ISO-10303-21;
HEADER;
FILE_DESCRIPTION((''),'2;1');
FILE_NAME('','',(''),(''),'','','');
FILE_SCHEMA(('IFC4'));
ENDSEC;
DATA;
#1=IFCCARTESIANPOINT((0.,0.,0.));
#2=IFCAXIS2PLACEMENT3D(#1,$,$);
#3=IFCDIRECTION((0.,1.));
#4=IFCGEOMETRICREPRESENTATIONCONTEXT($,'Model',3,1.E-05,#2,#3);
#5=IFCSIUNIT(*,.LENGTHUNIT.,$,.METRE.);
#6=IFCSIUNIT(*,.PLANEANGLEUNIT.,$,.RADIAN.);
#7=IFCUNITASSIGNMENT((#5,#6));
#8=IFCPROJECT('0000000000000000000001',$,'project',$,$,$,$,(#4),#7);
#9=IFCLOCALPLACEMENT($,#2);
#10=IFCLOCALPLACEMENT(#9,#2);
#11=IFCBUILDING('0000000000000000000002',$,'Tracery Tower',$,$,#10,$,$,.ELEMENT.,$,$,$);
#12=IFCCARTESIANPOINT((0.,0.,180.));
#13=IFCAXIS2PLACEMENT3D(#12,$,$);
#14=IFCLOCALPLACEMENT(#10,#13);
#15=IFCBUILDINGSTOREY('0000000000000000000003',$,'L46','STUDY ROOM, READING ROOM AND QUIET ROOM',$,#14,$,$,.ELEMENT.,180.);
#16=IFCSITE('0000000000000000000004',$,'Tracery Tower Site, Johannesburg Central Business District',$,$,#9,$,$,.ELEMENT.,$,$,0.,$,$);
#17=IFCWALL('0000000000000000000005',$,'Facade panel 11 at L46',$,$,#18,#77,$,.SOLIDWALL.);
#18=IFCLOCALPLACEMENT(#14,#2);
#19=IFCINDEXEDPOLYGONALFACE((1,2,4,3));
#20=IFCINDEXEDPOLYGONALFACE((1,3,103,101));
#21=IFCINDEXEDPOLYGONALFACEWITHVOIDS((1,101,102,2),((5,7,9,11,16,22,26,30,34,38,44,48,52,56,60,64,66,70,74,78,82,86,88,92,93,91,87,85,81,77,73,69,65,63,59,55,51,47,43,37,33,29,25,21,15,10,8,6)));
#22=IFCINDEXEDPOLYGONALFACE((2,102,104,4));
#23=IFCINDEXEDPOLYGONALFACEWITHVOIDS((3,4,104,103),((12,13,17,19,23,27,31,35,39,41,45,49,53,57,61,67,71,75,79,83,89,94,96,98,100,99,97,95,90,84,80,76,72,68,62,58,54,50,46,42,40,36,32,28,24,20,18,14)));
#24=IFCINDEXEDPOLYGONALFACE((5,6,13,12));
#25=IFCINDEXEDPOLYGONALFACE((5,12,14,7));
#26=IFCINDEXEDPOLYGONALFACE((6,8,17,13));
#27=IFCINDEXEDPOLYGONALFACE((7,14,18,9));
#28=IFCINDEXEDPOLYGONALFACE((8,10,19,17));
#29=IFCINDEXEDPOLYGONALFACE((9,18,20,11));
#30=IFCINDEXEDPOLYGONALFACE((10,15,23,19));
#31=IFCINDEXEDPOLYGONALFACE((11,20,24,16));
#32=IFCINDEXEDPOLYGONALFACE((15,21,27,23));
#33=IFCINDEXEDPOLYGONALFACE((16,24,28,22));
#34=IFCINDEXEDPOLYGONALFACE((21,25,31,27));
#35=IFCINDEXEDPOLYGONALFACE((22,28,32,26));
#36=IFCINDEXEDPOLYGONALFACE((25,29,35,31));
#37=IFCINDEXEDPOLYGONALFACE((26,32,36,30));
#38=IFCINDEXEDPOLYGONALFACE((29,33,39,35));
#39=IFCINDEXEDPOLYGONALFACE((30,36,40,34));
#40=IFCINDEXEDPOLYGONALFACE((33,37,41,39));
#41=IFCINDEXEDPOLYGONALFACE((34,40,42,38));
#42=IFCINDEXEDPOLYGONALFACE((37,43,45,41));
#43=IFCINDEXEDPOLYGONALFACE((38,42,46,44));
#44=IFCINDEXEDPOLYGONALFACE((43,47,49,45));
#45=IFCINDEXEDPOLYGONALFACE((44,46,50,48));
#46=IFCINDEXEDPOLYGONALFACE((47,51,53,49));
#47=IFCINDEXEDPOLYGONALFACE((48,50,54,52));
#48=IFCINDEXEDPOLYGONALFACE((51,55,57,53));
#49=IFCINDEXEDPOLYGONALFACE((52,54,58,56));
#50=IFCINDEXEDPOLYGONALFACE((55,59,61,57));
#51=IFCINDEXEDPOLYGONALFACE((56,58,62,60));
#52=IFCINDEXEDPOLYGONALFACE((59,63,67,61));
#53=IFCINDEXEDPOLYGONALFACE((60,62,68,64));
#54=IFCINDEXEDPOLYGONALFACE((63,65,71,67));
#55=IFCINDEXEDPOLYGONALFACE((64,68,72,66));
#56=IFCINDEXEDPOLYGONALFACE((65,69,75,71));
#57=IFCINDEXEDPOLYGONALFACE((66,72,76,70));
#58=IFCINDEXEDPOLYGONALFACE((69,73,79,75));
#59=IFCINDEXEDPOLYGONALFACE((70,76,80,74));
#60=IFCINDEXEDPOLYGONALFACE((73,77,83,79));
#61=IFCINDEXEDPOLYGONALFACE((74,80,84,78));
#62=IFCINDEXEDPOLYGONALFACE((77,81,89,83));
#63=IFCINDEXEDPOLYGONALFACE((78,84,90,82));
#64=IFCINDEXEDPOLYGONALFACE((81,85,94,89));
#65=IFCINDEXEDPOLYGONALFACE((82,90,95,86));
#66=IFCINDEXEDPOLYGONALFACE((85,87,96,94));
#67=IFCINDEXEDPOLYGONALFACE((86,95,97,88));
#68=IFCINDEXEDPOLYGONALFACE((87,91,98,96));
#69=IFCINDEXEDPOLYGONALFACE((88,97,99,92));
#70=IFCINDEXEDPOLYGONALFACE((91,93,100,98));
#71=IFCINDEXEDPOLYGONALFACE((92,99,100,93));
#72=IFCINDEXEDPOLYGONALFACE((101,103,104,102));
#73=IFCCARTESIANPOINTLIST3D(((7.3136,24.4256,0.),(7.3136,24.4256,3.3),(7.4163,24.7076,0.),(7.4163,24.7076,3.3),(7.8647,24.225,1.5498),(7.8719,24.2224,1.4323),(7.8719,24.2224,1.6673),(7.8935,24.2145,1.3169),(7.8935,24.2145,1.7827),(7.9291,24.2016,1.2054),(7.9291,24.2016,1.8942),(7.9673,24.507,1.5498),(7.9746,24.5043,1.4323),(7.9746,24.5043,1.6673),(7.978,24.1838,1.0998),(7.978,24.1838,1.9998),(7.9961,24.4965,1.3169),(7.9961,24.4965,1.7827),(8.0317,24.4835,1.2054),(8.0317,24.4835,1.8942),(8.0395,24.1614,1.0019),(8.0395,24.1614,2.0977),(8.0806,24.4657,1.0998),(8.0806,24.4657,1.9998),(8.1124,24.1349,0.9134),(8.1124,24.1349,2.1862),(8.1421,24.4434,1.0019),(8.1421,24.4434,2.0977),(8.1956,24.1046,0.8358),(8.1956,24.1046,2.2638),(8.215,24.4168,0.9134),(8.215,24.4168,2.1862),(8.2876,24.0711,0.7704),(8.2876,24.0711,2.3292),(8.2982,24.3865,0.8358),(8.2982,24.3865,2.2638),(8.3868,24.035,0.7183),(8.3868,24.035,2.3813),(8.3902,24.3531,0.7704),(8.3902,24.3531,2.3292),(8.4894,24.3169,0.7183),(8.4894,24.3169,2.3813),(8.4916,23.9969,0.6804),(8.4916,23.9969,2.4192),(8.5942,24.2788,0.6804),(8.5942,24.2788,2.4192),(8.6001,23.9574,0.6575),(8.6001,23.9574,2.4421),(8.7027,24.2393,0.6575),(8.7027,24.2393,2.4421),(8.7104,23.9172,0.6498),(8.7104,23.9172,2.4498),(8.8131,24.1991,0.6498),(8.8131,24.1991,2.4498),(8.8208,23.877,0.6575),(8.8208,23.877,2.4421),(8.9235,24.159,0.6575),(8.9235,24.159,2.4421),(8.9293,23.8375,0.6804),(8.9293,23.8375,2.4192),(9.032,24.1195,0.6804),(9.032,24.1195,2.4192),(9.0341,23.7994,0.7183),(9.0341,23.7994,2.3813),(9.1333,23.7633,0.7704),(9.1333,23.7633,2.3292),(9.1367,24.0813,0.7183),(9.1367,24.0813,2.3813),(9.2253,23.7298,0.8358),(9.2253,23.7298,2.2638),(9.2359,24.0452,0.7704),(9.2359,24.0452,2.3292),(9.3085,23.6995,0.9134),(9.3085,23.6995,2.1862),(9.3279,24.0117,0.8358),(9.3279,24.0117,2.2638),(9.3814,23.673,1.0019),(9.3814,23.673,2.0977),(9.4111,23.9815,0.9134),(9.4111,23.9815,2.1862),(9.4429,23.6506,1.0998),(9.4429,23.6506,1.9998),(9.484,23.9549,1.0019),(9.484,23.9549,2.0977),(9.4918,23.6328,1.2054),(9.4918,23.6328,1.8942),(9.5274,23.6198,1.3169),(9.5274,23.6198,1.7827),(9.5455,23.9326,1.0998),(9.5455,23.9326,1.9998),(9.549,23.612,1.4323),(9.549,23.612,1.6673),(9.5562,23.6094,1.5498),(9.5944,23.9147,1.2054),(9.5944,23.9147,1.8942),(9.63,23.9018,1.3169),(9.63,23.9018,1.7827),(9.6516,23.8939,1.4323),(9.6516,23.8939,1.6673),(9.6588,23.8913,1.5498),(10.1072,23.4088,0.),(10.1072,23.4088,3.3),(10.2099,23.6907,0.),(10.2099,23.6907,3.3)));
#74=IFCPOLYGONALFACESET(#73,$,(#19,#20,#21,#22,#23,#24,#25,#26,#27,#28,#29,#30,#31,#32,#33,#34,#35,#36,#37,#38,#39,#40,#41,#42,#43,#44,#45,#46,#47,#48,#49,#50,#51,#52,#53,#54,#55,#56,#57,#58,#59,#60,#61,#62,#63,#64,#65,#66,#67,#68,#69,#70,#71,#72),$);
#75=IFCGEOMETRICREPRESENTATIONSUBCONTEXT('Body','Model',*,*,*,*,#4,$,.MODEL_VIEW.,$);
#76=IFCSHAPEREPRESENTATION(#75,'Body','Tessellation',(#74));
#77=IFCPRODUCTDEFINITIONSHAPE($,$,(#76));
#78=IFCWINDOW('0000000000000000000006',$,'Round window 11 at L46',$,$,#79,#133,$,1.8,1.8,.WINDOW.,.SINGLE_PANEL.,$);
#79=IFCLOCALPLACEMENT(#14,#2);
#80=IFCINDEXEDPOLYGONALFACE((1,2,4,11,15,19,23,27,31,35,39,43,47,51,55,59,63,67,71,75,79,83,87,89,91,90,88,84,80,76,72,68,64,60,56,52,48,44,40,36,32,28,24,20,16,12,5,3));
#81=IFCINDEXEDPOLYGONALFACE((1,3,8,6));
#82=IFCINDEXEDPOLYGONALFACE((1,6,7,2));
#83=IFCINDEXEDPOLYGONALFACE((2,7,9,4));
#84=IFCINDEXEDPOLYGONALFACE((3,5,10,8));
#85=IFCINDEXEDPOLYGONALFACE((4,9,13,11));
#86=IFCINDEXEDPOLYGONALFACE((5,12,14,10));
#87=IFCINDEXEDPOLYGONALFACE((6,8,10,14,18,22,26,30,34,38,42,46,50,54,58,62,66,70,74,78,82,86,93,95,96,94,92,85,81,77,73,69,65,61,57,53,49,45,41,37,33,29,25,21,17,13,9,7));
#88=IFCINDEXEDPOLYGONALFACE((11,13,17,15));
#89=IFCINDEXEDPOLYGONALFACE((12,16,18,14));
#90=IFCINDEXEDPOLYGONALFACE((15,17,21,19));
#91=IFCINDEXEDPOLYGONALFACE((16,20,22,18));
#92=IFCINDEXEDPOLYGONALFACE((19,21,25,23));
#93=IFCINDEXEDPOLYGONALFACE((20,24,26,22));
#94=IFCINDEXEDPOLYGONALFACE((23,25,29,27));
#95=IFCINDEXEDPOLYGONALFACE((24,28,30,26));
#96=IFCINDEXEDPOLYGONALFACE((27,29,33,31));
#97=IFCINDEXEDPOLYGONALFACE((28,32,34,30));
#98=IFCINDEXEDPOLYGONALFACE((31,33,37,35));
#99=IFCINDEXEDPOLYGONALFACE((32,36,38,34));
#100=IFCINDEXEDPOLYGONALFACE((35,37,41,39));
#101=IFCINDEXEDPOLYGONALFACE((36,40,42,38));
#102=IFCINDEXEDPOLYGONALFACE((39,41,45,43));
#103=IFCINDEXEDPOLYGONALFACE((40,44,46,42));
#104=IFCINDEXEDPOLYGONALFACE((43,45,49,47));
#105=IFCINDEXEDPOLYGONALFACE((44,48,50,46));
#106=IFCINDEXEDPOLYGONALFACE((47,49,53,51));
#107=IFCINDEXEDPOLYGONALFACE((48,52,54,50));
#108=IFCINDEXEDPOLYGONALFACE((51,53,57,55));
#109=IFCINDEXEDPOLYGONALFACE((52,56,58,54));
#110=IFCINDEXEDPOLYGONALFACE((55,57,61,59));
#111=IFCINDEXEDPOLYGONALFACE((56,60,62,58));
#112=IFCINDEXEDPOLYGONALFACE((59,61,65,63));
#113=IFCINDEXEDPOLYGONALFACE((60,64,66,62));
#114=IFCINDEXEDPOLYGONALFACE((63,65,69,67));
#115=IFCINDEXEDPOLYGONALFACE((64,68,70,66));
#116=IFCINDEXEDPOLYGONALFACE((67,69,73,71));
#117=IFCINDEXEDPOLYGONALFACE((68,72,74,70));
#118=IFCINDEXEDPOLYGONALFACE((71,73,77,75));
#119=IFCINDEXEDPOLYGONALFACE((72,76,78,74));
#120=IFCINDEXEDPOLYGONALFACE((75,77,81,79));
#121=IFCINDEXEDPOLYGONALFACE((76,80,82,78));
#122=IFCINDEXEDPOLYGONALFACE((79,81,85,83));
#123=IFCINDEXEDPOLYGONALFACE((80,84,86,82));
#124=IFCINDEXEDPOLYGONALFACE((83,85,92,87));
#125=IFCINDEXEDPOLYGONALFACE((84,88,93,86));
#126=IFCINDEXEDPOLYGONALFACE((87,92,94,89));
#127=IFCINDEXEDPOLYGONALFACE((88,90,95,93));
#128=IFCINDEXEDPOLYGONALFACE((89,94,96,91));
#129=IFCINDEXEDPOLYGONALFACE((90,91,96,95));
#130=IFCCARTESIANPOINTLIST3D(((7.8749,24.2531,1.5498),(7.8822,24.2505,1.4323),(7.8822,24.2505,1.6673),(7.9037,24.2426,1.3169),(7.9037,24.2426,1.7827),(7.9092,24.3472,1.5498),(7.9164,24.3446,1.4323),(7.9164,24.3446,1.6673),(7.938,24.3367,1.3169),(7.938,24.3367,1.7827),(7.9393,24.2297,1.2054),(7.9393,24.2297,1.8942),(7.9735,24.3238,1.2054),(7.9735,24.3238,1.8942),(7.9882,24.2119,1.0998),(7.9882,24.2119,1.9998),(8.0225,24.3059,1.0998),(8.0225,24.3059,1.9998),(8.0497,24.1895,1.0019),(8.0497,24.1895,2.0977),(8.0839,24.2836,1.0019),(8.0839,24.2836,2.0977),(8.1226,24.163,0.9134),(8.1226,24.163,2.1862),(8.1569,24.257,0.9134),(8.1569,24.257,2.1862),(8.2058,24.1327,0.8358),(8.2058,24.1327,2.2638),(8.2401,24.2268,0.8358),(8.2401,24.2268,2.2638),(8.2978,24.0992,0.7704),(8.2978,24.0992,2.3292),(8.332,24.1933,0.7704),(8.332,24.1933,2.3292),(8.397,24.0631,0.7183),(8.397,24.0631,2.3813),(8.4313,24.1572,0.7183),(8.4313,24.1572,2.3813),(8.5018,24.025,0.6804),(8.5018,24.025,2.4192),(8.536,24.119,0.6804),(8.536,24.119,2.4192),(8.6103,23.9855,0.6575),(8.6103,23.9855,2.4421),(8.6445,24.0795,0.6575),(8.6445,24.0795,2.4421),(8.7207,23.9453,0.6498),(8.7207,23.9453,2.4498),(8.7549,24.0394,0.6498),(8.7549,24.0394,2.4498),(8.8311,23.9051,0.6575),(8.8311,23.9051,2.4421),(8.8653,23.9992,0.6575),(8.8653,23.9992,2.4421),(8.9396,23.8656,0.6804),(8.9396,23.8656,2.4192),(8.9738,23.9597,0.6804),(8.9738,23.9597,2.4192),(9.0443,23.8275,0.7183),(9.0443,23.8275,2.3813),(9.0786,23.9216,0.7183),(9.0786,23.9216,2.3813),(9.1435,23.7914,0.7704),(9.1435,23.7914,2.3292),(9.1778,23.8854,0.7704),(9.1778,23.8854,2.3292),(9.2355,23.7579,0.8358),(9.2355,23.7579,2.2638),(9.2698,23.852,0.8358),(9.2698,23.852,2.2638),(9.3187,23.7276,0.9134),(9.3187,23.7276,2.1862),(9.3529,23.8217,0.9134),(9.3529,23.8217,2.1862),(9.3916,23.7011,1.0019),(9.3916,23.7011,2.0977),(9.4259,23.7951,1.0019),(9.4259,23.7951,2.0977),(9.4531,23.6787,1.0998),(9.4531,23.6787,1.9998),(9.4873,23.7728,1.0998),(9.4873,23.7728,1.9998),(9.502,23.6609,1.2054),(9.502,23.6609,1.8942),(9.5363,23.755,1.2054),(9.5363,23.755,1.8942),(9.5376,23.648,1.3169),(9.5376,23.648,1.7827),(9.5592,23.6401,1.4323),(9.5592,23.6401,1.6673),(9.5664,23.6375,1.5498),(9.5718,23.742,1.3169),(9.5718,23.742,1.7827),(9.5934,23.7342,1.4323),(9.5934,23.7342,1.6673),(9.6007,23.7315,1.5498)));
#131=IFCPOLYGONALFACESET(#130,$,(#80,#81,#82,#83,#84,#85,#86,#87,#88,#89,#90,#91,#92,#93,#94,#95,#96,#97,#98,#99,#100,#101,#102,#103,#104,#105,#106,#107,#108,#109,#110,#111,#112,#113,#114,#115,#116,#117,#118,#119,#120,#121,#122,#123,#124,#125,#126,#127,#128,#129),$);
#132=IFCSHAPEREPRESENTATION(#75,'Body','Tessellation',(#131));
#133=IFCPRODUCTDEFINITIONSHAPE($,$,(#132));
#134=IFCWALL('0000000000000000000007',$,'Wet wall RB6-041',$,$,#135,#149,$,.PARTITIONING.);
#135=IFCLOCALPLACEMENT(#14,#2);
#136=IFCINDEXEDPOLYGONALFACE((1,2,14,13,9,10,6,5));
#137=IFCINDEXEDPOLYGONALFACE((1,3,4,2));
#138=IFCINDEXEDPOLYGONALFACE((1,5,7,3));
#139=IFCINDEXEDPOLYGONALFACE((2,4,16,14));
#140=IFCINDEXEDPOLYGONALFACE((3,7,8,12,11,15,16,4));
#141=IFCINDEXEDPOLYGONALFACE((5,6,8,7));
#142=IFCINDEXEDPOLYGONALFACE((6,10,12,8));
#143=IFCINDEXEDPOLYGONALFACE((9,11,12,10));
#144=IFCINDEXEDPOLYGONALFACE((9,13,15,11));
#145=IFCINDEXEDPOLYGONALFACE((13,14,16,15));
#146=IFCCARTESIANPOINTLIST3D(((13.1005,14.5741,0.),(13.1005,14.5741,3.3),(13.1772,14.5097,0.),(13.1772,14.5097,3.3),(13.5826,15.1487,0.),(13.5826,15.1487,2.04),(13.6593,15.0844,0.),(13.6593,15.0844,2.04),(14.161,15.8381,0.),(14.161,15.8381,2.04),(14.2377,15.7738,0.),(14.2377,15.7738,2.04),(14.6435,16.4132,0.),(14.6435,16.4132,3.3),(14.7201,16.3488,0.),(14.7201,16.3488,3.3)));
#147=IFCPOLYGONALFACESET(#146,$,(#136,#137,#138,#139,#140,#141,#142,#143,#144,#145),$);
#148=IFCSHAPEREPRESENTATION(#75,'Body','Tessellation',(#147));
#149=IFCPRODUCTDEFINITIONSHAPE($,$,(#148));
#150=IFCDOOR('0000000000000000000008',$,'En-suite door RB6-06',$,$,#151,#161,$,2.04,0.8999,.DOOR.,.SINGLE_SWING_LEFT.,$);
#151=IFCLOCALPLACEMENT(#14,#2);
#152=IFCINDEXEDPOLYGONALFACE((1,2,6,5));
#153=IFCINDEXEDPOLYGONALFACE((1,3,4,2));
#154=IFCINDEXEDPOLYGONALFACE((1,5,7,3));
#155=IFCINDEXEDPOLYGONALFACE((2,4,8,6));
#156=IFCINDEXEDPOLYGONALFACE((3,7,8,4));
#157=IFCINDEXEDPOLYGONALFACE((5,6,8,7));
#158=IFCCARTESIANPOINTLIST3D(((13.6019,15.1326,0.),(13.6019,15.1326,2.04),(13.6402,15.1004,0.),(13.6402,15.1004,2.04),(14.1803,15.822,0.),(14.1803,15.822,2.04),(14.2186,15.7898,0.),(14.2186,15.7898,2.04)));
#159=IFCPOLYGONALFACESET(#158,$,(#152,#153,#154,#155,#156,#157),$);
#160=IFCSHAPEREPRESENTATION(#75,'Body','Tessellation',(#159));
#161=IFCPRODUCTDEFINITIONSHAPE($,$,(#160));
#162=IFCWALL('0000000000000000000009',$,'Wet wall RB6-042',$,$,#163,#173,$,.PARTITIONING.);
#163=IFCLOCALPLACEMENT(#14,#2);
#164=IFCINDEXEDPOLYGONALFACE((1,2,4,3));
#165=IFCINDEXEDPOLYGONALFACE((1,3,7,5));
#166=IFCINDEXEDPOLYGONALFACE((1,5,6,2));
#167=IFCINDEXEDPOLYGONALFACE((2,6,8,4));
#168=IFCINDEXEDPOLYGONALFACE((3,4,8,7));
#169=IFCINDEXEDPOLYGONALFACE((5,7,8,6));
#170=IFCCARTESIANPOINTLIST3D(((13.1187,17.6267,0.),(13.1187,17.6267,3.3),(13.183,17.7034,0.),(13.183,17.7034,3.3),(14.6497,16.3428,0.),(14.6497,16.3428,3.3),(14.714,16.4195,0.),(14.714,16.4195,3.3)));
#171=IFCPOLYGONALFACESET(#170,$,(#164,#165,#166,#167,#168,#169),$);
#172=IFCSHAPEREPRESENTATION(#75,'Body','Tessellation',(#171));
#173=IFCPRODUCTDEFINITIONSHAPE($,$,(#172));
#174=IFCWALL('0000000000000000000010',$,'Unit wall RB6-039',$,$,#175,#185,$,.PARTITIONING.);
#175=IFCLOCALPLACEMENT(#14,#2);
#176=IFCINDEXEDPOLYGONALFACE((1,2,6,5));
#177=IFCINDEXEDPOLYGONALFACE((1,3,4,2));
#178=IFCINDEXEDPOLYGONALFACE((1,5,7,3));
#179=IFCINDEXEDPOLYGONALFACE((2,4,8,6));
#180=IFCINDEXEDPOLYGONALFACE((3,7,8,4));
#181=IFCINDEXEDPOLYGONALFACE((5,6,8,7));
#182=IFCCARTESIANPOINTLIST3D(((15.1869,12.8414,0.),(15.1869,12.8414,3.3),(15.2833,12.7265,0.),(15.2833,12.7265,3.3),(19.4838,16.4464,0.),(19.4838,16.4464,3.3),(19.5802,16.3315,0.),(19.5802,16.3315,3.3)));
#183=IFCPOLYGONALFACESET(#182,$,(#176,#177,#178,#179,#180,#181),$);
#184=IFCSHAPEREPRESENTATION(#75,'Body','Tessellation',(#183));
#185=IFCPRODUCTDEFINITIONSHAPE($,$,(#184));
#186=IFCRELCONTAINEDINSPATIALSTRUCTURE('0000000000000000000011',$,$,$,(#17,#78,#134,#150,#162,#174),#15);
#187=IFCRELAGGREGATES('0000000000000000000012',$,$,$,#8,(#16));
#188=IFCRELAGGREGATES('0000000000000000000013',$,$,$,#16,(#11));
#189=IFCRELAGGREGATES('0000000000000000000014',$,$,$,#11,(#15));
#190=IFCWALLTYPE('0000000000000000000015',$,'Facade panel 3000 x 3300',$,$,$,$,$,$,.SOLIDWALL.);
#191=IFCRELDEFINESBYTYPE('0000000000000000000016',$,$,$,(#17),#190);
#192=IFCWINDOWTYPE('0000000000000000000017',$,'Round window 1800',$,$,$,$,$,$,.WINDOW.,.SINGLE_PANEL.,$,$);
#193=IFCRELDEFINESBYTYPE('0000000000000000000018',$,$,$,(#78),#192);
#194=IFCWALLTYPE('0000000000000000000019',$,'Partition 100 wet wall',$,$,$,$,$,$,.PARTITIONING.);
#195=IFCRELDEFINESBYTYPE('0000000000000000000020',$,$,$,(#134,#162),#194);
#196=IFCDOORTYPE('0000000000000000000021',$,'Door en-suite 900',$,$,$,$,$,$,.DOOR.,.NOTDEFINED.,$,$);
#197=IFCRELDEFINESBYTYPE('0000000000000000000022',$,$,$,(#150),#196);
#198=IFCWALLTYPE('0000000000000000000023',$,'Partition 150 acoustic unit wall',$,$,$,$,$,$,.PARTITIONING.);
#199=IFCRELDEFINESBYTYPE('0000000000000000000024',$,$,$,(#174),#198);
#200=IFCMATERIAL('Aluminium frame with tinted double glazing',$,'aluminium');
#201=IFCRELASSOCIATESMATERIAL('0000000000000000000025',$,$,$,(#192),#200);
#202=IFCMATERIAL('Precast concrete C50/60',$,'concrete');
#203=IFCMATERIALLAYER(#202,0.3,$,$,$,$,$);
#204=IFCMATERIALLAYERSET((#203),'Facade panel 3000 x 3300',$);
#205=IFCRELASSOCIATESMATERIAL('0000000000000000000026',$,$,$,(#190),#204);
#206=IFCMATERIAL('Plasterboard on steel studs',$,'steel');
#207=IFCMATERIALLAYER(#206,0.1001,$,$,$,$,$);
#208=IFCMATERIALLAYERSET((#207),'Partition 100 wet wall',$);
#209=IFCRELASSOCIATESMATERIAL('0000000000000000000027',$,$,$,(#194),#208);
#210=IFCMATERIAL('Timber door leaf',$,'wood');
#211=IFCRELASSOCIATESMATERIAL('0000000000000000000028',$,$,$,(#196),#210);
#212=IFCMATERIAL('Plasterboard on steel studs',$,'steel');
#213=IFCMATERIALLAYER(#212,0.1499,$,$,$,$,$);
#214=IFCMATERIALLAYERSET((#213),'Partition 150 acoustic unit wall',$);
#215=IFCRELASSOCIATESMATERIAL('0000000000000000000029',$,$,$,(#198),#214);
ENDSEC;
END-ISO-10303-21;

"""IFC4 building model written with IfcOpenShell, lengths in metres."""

from ifc_helpers import new_model, si_unit, direction, frame, frame_2d, origin, origin_2d, place, context, subcontext, project, spatial, rectangle, circle, extrude, material, layer, layer_set, type_object, element, fill, save


model = new_model("IFC4")

# Units and contexts
model_context = context("Model", 3, precision=1e-05, world=origin(), true_north=direction((0.0, 1.0)))
body_context = subcontext(model_context, "Body", "Model", "MODEL_VIEW")
ifc_project = project(units=[si_unit("LENGTHUNIT", "METRE"), si_unit("PLANEANGLEUNIT", "RADIAN")], contexts=[model_context])

# Site, building, storey
site_placement = place(None, origin())
site = spatial("IfcSite", under=ifc_project, at=site_placement, Name="Tracery Tower Site, Johannesburg Central Business District", CompositionType="ELEMENT", RefElevation=0.0)
building_placement = place(site_placement, origin())
building = spatial("IfcBuilding", under=site, at=building_placement, Name="Tracery Tower", CompositionType="ELEMENT")
storey_placement = place(building_placement, frame((0.0, 0.0, 180.0)))
storey = spatial("IfcBuildingStorey", under=building, at=storey_placement, Name="L46", Description="STUDY ROOM, READING ROOM AND QUIET ROOM", CompositionType="ELEMENT", Elevation=180.0)

# Wall, opening, window
ifc_material_1 = material(Name="Aluminium frame with tinted double glazing", Category="aluminium")
window_type = type_object("IfcWindowType", Name="Round window 1800", PartitioningType="SINGLE_PANEL", PredefinedType="WINDOW", material=ifc_material_1)
ifc_material_2 = material(Name="Precast concrete C50/60", Category="concrete")
ifc_layer_1 = layer(ifc_material_2, 0.3)
ifc_layer_set_1 = layer_set([ifc_layer_1], Name="Facade panel 3000 x 3300")
wall_type_1 = type_object("IfcWallType", Name="Facade panel 3000 x 3300", PredefinedType="SOLIDWALL", material=ifc_layer_set_1)
wall_1_placement = place(storey_placement, frame((10.1584, 23.5498, 0.0), z_axis=(0.0, 0.0, 1.0), x_axis=(-0.93969, 0.342027, 0.0)))
wall_1 = element("IfcWall", 1, at=wall_1_placement, inside=storey, type_object=wall_type_1, Name="Facade panel 11 at L46", PredefinedType="SOLIDWALL", context=body_context, shape_type="SweptSolid", body=[
    extrude(rectangle(XDim=2.9729, YDim=0.3, at=frame_2d((1.4863, 0.0))), origin(), (0.0, 0.0, 1.0), 3.3),
])
opening_1_placement = place(wall_1_placement, frame((1.4863, 0.0, 1.5498)))
opening_1 = element("IfcOpeningElement", 2, at=opening_1_placement, cuts=wall_1, PredefinedType="OPENING", context=body_context, shape_type="SweptSolid", body=[
    extrude(circle(Radius=0.9, at=origin_2d()), frame((0.0, 0.1599, 0.0), z_axis=(0.0, -1.0, 0.0), x_axis=(1.0, 0.0, 0.0)), (0.0, 0.0, 1.0), 0.3201),
])
window_1_placement = place(opening_1_placement, origin())
window_1 = element("IfcWindow", 3, at=window_1_placement, inside=storey, type_object=window_type, Name="Round window 11 at L46", OverallHeight=1.8, OverallWidth=1.8, PartitioningType="SINGLE_PANEL", PredefinedType="WINDOW", context=body_context, shape_type="SweptSolid", body=[
    extrude(circle(Radius=0.9, at=origin_2d()), frame((0.0, 0.1201, 0.0), z_axis=(0.0, -1.0, 0.0), x_axis=(1.0, 0.0, 0.0)), (0.0, 0.0, 1.0), 0.1001),
])
fill(opening_1, window_1)

# Wall, opening, door
ifc_material_3 = material(Name="Plasterboard on steel studs", Category="steel")
ifc_layer_2 = layer(ifc_material_3, 0.1001)
ifc_layer_set_2 = layer_set([ifc_layer_2], Name="Partition 100 wet wall")
wall_type_2 = type_object("IfcWallType", Name="Partition 100 wet wall", PredefinedType="PARTITIONING", material=ifc_layer_set_2)
wall_2_placement = place(storey_placement, frame((13.1389, 14.542, 0.0), z_axis=(0.0, 0.0, 1.0), x_axis=(0.642732, 0.766091, 0.0)))
wall_2 = element("IfcWall", 4, at=wall_2_placement, inside=storey, type_object=wall_type_2, Name="Wet wall RB6-041", PredefinedType="PARTITIONING", context=body_context, shape_type="SweptSolid", body=[
    extrude(rectangle(XDim=2.4006, YDim=0.1001, at=frame_2d((1.2002, 0.0))), origin(), (0.0, 0.0, 1.0), 3.3),
])
opening_2_placement = place(wall_2_placement, frame((0.75, 0.0, 0.0)))
opening_2 = element("IfcOpeningElement", 5, at=opening_2_placement, cuts=wall_2, PredefinedType="OPENING", context=body_context, shape_type="SweptSolid", body=[
    extrude(rectangle(XDim=0.8999, YDim=2.04, at=frame_2d((0.45, 1.02))), frame((0.0, 0.05, 0.0), z_axis=(0.0, -1.0, 0.0), x_axis=(1.0, 0.0, 0.0)), (0.0, 0.0, 1.0), 0.1001),
])
ifc_material_4 = material(Name="Timber door leaf", Category="wood")
door_type_1 = type_object("IfcDoorType", Name="Door en-suite 900", OperationType="NOTDEFINED", PredefinedType="DOOR", material=ifc_material_4)
door_1_placement = place(opening_2_placement, origin())
door_1 = element("IfcDoor", 6, at=door_1_placement, inside=storey, type_object=door_type_1, Name="En-suite door RB6-06", OperationType="SINGLE_SWING_LEFT", OverallHeight=2.04, OverallWidth=0.8999, PredefinedType="DOOR", context=body_context, shape_type="SweptSolid", body=[
    extrude(rectangle(XDim=0.8999, YDim=2.04, at=frame_2d((0.45, 1.02))), frame((0.0, 0.0249, 0.0), z_axis=(0.0, -1.0, 0.0), x_axis=(1.0, 0.0, 0.0)), (0.0, 0.0, 1.0), 0.05),
])
fill(opening_2, door_1)

# Walls
wall_3_placement = place(storey_placement, frame((13.1509, 17.665, 0.0), z_axis=(0.0, 0.0, 1.0), x_axis=(0.766225, -0.642573, 0.0)))
element("IfcWall", 7, at=wall_3_placement, inside=storey, type_object=wall_type_2, Name="Wet wall RB6-042", PredefinedType="PARTITIONING", context=body_context, shape_type="SweptSolid", body=[
    extrude(rectangle(XDim=1.998, YDim=0.1001, at=frame_2d((0.999, 0.0))), origin(), (0.0, 0.0, 1.0), 3.3),
])
ifc_material_5 = material(Name="Plasterboard on steel studs", Category="steel")
ifc_layer_3 = layer(ifc_material_5, 0.1499)
ifc_layer_set_3 = layer_set([ifc_layer_3], Name="Partition 150 acoustic unit wall")
wall_type_3 = type_object("IfcWallType", Name="Partition 150 acoustic unit wall", PredefinedType="PARTITIONING", material=ifc_layer_set_3)
wall_4_placement = place(storey_placement, frame((15.2351, 12.7839, 0.0), z_axis=(0.0, 0.0, 1.0), x_axis=(0.766091, 0.642733, 0.0)))
element("IfcWall", 8, at=wall_4_placement, inside=storey, type_object=wall_type_3, Name="Unit wall RB6-039", PredefinedType="PARTITIONING", context=body_context, shape_type="SweptSolid", body=[
    extrude(rectangle(XDim=5.6089, YDim=0.1499, at=frame_2d((2.8044, 0.0))), origin(), (0.0, 0.0, 1.0), 3.3),
])

save(model, "model.ifc")
